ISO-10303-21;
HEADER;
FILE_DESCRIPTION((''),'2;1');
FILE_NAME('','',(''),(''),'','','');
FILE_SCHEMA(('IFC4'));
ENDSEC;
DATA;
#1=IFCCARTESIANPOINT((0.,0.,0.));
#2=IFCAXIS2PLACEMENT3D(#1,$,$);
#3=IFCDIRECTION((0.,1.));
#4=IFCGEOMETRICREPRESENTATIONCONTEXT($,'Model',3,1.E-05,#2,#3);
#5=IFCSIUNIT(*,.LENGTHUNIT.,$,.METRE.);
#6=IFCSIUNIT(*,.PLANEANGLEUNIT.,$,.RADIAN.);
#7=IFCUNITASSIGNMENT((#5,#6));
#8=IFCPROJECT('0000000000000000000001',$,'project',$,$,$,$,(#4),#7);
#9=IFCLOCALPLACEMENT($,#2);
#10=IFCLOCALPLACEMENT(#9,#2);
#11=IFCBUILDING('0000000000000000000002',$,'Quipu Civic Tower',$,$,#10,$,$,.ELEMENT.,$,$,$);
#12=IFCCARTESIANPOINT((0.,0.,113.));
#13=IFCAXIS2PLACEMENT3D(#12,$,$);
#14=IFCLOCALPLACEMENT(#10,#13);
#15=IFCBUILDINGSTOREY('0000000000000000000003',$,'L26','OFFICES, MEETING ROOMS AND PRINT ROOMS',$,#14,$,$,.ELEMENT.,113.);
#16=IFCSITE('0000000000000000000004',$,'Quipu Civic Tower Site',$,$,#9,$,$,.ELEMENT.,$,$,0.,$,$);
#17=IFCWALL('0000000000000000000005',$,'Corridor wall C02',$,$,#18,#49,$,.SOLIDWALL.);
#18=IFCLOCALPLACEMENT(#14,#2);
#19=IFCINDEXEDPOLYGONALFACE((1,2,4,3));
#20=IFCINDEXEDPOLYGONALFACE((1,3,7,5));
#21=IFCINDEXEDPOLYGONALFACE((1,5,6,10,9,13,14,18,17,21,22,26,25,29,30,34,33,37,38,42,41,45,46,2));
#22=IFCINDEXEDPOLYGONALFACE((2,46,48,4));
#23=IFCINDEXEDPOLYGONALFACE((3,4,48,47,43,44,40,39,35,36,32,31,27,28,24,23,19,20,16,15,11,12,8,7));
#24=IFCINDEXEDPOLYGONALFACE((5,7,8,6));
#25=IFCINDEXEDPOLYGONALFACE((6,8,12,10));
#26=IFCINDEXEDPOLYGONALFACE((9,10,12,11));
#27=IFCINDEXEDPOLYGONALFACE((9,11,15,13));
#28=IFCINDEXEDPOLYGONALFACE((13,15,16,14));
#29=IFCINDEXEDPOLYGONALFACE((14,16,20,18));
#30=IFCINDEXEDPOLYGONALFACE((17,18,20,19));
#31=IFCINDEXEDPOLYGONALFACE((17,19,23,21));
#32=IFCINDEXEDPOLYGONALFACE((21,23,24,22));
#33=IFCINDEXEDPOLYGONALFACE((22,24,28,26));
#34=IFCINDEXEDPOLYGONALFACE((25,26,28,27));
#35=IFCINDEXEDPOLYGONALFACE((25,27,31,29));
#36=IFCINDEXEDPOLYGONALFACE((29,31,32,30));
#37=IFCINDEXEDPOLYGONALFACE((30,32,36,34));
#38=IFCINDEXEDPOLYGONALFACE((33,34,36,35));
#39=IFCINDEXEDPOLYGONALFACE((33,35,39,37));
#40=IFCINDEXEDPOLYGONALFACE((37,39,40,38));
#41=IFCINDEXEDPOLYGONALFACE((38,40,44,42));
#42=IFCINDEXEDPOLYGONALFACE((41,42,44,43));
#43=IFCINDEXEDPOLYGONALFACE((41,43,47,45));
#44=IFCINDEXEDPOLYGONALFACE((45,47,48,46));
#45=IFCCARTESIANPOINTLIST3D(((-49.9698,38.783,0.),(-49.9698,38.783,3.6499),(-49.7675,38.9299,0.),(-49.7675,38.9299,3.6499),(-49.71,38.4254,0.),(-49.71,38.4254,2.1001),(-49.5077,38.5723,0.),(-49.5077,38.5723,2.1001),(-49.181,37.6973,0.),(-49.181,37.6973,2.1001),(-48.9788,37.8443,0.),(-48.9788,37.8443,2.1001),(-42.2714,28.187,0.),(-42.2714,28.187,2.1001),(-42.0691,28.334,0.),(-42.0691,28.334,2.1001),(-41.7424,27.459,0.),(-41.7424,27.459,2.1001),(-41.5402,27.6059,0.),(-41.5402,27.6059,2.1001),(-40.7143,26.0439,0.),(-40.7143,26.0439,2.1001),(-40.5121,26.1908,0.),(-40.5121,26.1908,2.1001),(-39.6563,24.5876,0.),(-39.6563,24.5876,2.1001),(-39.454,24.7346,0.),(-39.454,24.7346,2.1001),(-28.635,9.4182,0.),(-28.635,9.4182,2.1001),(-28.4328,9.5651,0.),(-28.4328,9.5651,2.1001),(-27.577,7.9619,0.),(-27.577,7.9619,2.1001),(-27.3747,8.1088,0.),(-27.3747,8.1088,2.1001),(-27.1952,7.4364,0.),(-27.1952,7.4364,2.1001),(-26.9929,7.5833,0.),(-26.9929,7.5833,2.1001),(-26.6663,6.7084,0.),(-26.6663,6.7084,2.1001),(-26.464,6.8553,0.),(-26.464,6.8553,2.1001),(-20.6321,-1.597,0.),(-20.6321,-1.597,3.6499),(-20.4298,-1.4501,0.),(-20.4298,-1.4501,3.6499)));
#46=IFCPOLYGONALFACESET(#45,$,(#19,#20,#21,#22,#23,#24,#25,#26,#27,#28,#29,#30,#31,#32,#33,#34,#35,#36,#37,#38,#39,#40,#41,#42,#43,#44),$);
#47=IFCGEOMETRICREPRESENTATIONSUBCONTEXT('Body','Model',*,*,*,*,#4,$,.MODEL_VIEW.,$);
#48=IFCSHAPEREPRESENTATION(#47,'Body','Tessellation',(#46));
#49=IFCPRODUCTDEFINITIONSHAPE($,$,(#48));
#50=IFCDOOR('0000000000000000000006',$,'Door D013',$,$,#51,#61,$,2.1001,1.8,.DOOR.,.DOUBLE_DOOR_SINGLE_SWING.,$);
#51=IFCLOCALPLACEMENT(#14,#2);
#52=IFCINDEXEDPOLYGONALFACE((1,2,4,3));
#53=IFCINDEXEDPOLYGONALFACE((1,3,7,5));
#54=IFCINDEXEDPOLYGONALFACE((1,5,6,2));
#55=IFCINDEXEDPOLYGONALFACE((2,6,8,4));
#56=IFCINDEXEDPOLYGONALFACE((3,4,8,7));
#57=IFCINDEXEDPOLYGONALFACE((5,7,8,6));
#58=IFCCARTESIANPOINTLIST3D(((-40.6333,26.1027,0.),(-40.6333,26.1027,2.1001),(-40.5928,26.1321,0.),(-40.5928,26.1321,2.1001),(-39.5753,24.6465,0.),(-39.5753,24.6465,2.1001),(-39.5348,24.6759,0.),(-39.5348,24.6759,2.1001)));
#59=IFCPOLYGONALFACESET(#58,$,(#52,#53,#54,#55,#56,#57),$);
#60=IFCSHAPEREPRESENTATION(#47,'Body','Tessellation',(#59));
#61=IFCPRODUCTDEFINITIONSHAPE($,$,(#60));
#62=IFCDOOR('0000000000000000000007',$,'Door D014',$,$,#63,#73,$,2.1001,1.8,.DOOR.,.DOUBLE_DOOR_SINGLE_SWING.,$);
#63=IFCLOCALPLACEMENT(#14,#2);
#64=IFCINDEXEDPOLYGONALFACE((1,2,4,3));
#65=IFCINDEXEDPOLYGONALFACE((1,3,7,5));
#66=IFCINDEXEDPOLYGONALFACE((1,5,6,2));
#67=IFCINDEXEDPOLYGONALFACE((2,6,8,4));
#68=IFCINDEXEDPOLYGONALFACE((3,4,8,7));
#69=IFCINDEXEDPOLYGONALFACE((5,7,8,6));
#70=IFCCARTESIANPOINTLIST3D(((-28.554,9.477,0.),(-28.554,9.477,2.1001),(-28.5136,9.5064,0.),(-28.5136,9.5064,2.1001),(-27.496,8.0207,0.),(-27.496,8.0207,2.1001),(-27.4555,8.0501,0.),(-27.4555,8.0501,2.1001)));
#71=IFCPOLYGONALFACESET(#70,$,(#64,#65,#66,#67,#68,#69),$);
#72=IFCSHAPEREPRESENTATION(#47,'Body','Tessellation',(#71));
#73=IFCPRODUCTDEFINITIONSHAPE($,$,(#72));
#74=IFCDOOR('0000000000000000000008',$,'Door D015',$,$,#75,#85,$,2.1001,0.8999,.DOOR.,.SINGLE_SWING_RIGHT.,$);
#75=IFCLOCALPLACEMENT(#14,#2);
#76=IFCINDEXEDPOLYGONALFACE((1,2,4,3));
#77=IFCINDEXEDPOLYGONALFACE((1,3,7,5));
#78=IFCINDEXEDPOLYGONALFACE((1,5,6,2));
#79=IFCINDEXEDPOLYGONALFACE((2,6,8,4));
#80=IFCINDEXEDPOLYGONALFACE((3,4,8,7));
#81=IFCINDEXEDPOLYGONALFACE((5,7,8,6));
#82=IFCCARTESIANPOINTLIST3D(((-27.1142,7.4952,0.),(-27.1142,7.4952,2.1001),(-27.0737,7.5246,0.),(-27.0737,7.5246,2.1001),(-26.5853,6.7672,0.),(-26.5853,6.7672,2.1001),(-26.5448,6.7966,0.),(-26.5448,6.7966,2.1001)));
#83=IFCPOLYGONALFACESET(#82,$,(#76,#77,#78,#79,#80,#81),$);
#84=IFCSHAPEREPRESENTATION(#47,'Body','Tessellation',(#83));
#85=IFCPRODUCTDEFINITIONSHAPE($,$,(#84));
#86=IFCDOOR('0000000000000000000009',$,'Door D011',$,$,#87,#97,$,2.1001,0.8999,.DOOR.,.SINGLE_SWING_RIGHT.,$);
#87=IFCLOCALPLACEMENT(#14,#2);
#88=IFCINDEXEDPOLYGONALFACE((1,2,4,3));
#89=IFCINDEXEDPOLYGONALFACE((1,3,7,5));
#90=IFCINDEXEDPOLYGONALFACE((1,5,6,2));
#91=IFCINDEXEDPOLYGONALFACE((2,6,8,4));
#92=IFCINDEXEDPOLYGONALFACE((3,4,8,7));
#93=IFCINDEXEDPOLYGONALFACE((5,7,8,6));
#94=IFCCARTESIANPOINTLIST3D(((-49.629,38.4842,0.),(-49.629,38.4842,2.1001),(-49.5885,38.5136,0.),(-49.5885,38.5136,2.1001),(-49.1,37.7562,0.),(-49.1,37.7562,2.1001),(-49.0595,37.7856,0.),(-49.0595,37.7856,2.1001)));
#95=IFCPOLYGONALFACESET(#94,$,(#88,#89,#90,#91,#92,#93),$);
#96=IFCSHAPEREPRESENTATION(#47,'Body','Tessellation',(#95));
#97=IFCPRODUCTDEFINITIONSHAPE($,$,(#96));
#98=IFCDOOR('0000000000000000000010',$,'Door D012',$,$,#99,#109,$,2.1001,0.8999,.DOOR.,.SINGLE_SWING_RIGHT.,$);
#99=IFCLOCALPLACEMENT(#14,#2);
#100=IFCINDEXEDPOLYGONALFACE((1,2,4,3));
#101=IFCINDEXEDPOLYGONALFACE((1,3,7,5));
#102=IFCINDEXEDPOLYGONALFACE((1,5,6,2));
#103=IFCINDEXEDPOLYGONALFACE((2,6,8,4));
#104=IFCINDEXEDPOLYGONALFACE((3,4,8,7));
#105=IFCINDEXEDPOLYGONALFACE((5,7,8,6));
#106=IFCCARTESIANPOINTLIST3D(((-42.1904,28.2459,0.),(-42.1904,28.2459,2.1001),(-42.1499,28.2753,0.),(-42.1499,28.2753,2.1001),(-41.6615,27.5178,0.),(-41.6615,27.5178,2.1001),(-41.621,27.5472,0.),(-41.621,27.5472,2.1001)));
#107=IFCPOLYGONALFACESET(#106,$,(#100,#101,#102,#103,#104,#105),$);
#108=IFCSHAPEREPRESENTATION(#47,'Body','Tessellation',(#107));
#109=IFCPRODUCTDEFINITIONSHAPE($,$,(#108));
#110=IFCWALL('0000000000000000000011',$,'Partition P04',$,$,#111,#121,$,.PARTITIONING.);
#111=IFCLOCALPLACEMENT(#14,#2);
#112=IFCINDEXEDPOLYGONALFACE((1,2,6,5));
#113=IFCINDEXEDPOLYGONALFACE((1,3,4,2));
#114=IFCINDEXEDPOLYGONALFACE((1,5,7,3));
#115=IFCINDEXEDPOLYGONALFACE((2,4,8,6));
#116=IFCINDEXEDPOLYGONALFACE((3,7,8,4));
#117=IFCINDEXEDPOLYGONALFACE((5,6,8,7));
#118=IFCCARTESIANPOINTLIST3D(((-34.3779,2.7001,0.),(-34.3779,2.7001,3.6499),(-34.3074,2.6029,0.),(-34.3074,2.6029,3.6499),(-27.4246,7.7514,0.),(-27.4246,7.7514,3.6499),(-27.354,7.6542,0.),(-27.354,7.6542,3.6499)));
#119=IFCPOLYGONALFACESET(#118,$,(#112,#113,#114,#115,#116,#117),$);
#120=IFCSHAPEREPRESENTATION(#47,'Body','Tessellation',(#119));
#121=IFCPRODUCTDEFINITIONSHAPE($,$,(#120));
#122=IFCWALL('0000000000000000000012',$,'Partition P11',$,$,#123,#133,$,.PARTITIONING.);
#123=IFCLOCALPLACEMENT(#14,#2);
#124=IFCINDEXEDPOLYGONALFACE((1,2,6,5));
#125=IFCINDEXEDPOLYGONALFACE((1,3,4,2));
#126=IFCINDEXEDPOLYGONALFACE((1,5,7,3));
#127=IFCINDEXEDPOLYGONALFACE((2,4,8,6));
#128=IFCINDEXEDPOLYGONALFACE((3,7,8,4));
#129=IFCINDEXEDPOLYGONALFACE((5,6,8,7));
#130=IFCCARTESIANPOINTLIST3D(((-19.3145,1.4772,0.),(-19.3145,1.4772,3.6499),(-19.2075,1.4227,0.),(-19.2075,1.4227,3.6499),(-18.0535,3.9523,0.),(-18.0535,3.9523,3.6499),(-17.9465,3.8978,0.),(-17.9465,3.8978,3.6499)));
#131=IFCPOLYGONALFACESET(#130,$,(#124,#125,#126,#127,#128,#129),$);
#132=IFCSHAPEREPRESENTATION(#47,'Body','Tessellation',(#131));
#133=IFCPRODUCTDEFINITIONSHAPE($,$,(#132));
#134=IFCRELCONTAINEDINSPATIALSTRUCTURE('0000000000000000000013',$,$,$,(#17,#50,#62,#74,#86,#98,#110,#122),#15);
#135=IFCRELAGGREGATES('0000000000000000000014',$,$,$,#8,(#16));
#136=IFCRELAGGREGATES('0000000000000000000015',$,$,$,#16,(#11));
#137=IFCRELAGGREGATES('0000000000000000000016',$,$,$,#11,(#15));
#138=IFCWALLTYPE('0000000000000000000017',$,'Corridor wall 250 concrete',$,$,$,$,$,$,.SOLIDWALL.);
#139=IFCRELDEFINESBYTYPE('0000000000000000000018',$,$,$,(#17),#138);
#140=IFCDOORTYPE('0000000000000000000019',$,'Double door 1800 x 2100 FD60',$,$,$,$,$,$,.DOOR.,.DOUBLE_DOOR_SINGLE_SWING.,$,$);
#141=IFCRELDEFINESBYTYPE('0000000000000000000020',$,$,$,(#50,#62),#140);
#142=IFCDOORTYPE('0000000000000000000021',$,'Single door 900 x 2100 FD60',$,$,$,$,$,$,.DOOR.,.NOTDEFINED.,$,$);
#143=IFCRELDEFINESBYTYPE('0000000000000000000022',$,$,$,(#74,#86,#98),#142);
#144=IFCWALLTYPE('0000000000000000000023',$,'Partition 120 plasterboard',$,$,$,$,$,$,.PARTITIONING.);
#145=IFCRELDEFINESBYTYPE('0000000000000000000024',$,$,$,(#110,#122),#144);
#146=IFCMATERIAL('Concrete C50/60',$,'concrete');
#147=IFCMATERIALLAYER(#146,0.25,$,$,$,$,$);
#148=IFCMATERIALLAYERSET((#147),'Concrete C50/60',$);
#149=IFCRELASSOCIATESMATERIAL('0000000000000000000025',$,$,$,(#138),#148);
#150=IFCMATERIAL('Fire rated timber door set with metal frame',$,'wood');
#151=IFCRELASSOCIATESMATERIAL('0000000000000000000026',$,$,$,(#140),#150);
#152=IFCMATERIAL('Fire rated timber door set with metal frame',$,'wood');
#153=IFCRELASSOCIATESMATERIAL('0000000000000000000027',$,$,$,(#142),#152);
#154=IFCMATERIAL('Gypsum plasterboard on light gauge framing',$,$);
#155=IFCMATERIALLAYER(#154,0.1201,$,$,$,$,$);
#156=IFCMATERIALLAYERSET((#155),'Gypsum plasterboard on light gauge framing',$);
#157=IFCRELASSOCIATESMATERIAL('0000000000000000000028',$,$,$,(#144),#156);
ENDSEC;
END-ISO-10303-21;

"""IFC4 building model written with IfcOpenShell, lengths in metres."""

from ifc_helpers import new_model, si_unit, direction, frame, frame_2d, origin, place, context, subcontext, project, spatial, rectangle, extrude, material, layer, layer_set, type_object, element, fill, save


model = new_model("IFC4")

# Units and contexts
model_context = context("Model", 3, precision=1e-05, world=origin(), true_north=direction((0.0, 1.0)))
body_context = subcontext(model_context, "Body", "Model", "MODEL_VIEW")
ifc_project = project(units=[si_unit("LENGTHUNIT", "METRE"), si_unit("PLANEANGLEUNIT", "RADIAN")], contexts=[model_context])

# Site, building, storey
site_placement = place(None, origin())
site = spatial("IfcSite", under=ifc_project, at=site_placement, Name="Quipu Civic Tower Site", CompositionType="ELEMENT", RefElevation=0.0)
building_placement = place(site_placement, origin())
building = spatial("IfcBuilding", under=site, at=building_placement, Name="Quipu Civic Tower", CompositionType="ELEMENT")
storey_placement = place(building_placement, frame((0.0, 0.0, 113.0)))
storey = spatial("IfcBuildingStorey", under=building, at=storey_placement, Name="L26", Description="OFFICES, MEETING ROOMS AND PRINT ROOMS", CompositionType="ELEMENT", Elevation=113.0)

# Wall, openings, doors
ifc_material_1 = material(Name="Concrete C50/60", Category="concrete")
ifc_layer_1 = layer(ifc_material_1, 0.25)
ifc_layer_set_1 = layer_set([ifc_layer_1], Name="Concrete C50/60")
wall_type_1 = type_object("IfcWallType", Name="Corridor wall 250 concrete", PredefinedType="SOLIDWALL", material=ifc_layer_set_1)
wall_1_placement = place(storey_placement, frame((-20.531, -1.5234, 0.0), z_axis=(0.0, 0.0, 1.0), x_axis=(-0.587785, 0.809018, 0.0)))
wall_1 = element("IfcWall", 1, at=wall_1_placement, inside=storey, type_object=wall_type_1, Name="Corridor wall C02", PredefinedType="SOLIDWALL", context=body_context, shape_type="SweptSolid", body=[
    extrude(rectangle(XDim=49.9124, YDim=0.25, at=frame_2d((24.9561, 0.0))), origin(), (0.0, 0.0, 1.0), 3.6499),
])
opening_1_placement = place(wall_1_placement, frame((10.2659, 0.0, 0.0)))
opening_1 = element("IfcOpeningElement", 2, at=opening_1_placement, cuts=wall_1, PredefinedType="OPENING", context=body_context, shape_type="SweptSolid", body=[
    extrude(rectangle(XDim=0.8999, YDim=2.1001, at=frame_2d((0.45, 1.05))), frame((0.0, 0.135, 0.0), z_axis=(0.0, -1.0, 0.0), x_axis=(1.0, 0.0, 0.0)), (0.0, 0.0, 1.0), 0.27),
])
opening_2_placement = place(wall_1_placement, frame((32.366, 0.0, 0.0)))
opening_2 = element("IfcOpeningElement", 3, at=opening_2_placement, cuts=wall_1, PredefinedType="OPENING", context=body_context, shape_type="SweptSolid", body=[
    extrude(rectangle(XDim=1.8, YDim=2.1001, at=frame_2d((0.8999, 1.05))), frame((0.0, 0.135, 0.0), z_axis=(0.0, -1.0, 0.0), x_axis=(1.0, 0.0, 0.0)), (0.0, 0.0, 1.0), 0.27),
])
opening_3_placement = place(wall_1_placement, frame((11.8154, 0.0, 0.0)))
opening_3 = element("IfcOpeningElement", 4, at=opening_3_placement, cuts=wall_1, PredefinedType="OPENING", context=body_context, shape_type="SweptSolid", body=[
    extrude(rectangle(XDim=1.8, YDim=2.1001, at=frame_2d((0.8999, 1.05))), frame((0.0, 0.135, 0.0), z_axis=(0.0, -1.0, 0.0), x_axis=(1.0, 0.0, 0.0)), (0.0, 0.0, 1.0), 0.27),
])
opening_4_placement = place(wall_1_placement, frame((48.5703, 0.0, 0.0)))
opening_4 = element("IfcOpeningElement", 5, at=opening_4_placement, cuts=wall_1, PredefinedType="OPENING", context=body_context, shape_type="SweptSolid", body=[
    extrude(rectangle(XDim=0.8999, YDim=2.1001, at=frame_2d((0.45, 1.05))), frame((0.0, 0.135, 0.0), z_axis=(0.0, -1.0, 0.0), x_axis=(1.0, 0.0, 0.0)), (0.0, 0.0, 1.0), 0.27),
])
opening_5_placement = place(wall_1_placement, frame((35.915, 0.0, 0.0)))
opening_5 = element("IfcOpeningElement", 6, at=opening_5_placement, cuts=wall_1, PredefinedType="OPENING", context=body_context, shape_type="SweptSolid", body=[
    extrude(rectangle(XDim=0.8999, YDim=2.1001, at=frame_2d((0.45, 1.05))), frame((0.0, 0.135, 0.0), z_axis=(0.0, -1.0, 0.0), x_axis=(1.0, 0.0, 0.0)), (0.0, 0.0, 1.0), 0.27),
])
ifc_material_2 = material(Name="Fire rated timber door set with metal frame", Category="wood")
door_type_1 = type_object("IfcDoorType", Name="Double door 1800 x 2100 FD60", OperationType="DOUBLE_DOOR_SINGLE_SWING", PredefinedType="DOOR", material=ifc_material_2)
door_1_placement = place(opening_2_placement, origin())
door_1 = element("IfcDoor", 7, at=door_1_placement, inside=storey, type_object=door_type_1, Name="Door D013", OperationType="DOUBLE_DOOR_SINGLE_SWING", OverallHeight=2.1001, OverallWidth=1.8, PredefinedType="DOOR", context=body_context, shape_type="SweptSolid", body=[
    extrude(rectangle(XDim=1.8, YDim=2.1001, at=frame_2d((0.8999, 1.05))), frame((0.0, 0.0249, 0.0), z_axis=(0.0, -1.0, 0.0), x_axis=(1.0, 0.0, 0.0)), (0.0, 0.0, 1.0), 0.05),
])
fill(opening_2, door_1)
door_2_placement = place(opening_3_placement, origin())
door_2 = element("IfcDoor", 8, at=door_2_placement, inside=storey, type_object=door_type_1, Name="Door D014", OperationType="DOUBLE_DOOR_SINGLE_SWING", OverallHeight=2.1001, OverallWidth=1.8, PredefinedType="DOOR", context=body_context, shape_type="SweptSolid", body=[
    extrude(rectangle(XDim=1.8, YDim=2.1001, at=frame_2d((0.8999, 1.05))), frame((0.0, 0.0249, 0.0), z_axis=(0.0, -1.0, 0.0), x_axis=(1.0, 0.0, 0.0)), (0.0, 0.0, 1.0), 0.05),
])
fill(opening_3, door_2)
ifc_material_3 = material(Name="Fire rated timber door set with metal frame", Category="wood")
door_type_2 = type_object("IfcDoorType", Name="Single door 900 x 2100 FD60", OperationType="NOTDEFINED", PredefinedType="DOOR", material=ifc_material_3)
door_3_placement = place(opening_1_placement, origin())
door_3 = element("IfcDoor", 9, at=door_3_placement, inside=storey, type_object=door_type_2, Name="Door D015", OperationType="SINGLE_SWING_RIGHT", OverallHeight=2.1001, OverallWidth=0.8999, PredefinedType="DOOR", context=body_context, shape_type="SweptSolid", body=[
    extrude(rectangle(XDim=0.8999, YDim=2.1001, at=frame_2d((0.45, 1.05))), frame((0.0, 0.0249, 0.0), z_axis=(0.0, -1.0, 0.0), x_axis=(1.0, 0.0, 0.0)), (0.0, 0.0, 1.0), 0.05),
])
fill(opening_1, door_3)
door_4_placement = place(opening_4_placement, origin())
door_4 = element("IfcDoor", 10, at=door_4_placement, inside=storey, type_object=door_type_2, Name="Door D011", OperationType="SINGLE_SWING_RIGHT", OverallHeight=2.1001, OverallWidth=0.8999, PredefinedType="DOOR", context=body_context, shape_type="SweptSolid", body=[
    extrude(rectangle(XDim=0.8999, YDim=2.1001, at=frame_2d((0.45, 1.05))), frame((0.0, 0.0249, 0.0), z_axis=(0.0, -1.0, 0.0), x_axis=(1.0, 0.0, 0.0)), (0.0, 0.0, 1.0), 0.05),
])
fill(opening_4, door_4)
door_5_placement = place(opening_5_placement, origin())
door_5 = element("IfcDoor", 11, at=door_5_placement, inside=storey, type_object=door_type_2, Name="Door D012", OperationType="SINGLE_SWING_RIGHT", OverallHeight=2.1001, OverallWidth=0.8999, PredefinedType="DOOR", context=body_context, shape_type="SweptSolid", body=[
    extrude(rectangle(XDim=0.8999, YDim=2.1001, at=frame_2d((0.45, 1.05))), frame((0.0, 0.0249, 0.0), z_axis=(0.0, -1.0, 0.0), x_axis=(1.0, 0.0, 0.0)), (0.0, 0.0, 1.0), 0.05),
])
fill(opening_5, door_5)

# Walls
ifc_material_4 = material(Name="Gypsum plasterboard on light gauge framing")
ifc_layer_2 = layer(ifc_material_4, 0.1201)
ifc_layer_set_2 = layer_set([ifc_layer_2], Name="Gypsum plasterboard on light gauge framing")
wall_type_2 = type_object("IfcWallType", Name="Partition 120 plasterboard", PredefinedType="PARTITIONING", material=ifc_layer_set_2)
wall_2_placement = place(storey_placement, frame((-27.3892, 7.7029, 0.0), z_axis=(0.0, 0.0, 1.0), x_axis=(-0.809053, -0.587736, 0.0)))
element("IfcWall", 12, at=wall_2_placement, inside=storey, type_object=wall_type_2, Name="Partition P04", PredefinedType="PARTITIONING", context=body_context, shape_type="SweptSolid", body=[
    extrude(rectangle(XDim=8.5945, YDim=0.1201, at=frame_2d((4.2974, 0.0))), origin(), (0.0, 0.0, 1.0), 3.6499),
])
wall_3_placement = place(storey_placement, frame((-19.261, 1.45, 0.0), z_axis=(0.0, 0.0, 1.0), x_axis=(0.453951, 0.891027, 0.0)))
element("IfcWall", 13, at=wall_3_placement, inside=storey, type_object=wall_type_2, Name="Partition P11", PredefinedType="PARTITIONING", context=body_context, shape_type="SweptSolid", body=[
    extrude(rectangle(XDim=2.7778, YDim=0.1201, at=frame_2d((1.3889, 0.0))), origin(), (0.0, 0.0, 1.0), 3.6499),
])

save(model, "model.ifc")
